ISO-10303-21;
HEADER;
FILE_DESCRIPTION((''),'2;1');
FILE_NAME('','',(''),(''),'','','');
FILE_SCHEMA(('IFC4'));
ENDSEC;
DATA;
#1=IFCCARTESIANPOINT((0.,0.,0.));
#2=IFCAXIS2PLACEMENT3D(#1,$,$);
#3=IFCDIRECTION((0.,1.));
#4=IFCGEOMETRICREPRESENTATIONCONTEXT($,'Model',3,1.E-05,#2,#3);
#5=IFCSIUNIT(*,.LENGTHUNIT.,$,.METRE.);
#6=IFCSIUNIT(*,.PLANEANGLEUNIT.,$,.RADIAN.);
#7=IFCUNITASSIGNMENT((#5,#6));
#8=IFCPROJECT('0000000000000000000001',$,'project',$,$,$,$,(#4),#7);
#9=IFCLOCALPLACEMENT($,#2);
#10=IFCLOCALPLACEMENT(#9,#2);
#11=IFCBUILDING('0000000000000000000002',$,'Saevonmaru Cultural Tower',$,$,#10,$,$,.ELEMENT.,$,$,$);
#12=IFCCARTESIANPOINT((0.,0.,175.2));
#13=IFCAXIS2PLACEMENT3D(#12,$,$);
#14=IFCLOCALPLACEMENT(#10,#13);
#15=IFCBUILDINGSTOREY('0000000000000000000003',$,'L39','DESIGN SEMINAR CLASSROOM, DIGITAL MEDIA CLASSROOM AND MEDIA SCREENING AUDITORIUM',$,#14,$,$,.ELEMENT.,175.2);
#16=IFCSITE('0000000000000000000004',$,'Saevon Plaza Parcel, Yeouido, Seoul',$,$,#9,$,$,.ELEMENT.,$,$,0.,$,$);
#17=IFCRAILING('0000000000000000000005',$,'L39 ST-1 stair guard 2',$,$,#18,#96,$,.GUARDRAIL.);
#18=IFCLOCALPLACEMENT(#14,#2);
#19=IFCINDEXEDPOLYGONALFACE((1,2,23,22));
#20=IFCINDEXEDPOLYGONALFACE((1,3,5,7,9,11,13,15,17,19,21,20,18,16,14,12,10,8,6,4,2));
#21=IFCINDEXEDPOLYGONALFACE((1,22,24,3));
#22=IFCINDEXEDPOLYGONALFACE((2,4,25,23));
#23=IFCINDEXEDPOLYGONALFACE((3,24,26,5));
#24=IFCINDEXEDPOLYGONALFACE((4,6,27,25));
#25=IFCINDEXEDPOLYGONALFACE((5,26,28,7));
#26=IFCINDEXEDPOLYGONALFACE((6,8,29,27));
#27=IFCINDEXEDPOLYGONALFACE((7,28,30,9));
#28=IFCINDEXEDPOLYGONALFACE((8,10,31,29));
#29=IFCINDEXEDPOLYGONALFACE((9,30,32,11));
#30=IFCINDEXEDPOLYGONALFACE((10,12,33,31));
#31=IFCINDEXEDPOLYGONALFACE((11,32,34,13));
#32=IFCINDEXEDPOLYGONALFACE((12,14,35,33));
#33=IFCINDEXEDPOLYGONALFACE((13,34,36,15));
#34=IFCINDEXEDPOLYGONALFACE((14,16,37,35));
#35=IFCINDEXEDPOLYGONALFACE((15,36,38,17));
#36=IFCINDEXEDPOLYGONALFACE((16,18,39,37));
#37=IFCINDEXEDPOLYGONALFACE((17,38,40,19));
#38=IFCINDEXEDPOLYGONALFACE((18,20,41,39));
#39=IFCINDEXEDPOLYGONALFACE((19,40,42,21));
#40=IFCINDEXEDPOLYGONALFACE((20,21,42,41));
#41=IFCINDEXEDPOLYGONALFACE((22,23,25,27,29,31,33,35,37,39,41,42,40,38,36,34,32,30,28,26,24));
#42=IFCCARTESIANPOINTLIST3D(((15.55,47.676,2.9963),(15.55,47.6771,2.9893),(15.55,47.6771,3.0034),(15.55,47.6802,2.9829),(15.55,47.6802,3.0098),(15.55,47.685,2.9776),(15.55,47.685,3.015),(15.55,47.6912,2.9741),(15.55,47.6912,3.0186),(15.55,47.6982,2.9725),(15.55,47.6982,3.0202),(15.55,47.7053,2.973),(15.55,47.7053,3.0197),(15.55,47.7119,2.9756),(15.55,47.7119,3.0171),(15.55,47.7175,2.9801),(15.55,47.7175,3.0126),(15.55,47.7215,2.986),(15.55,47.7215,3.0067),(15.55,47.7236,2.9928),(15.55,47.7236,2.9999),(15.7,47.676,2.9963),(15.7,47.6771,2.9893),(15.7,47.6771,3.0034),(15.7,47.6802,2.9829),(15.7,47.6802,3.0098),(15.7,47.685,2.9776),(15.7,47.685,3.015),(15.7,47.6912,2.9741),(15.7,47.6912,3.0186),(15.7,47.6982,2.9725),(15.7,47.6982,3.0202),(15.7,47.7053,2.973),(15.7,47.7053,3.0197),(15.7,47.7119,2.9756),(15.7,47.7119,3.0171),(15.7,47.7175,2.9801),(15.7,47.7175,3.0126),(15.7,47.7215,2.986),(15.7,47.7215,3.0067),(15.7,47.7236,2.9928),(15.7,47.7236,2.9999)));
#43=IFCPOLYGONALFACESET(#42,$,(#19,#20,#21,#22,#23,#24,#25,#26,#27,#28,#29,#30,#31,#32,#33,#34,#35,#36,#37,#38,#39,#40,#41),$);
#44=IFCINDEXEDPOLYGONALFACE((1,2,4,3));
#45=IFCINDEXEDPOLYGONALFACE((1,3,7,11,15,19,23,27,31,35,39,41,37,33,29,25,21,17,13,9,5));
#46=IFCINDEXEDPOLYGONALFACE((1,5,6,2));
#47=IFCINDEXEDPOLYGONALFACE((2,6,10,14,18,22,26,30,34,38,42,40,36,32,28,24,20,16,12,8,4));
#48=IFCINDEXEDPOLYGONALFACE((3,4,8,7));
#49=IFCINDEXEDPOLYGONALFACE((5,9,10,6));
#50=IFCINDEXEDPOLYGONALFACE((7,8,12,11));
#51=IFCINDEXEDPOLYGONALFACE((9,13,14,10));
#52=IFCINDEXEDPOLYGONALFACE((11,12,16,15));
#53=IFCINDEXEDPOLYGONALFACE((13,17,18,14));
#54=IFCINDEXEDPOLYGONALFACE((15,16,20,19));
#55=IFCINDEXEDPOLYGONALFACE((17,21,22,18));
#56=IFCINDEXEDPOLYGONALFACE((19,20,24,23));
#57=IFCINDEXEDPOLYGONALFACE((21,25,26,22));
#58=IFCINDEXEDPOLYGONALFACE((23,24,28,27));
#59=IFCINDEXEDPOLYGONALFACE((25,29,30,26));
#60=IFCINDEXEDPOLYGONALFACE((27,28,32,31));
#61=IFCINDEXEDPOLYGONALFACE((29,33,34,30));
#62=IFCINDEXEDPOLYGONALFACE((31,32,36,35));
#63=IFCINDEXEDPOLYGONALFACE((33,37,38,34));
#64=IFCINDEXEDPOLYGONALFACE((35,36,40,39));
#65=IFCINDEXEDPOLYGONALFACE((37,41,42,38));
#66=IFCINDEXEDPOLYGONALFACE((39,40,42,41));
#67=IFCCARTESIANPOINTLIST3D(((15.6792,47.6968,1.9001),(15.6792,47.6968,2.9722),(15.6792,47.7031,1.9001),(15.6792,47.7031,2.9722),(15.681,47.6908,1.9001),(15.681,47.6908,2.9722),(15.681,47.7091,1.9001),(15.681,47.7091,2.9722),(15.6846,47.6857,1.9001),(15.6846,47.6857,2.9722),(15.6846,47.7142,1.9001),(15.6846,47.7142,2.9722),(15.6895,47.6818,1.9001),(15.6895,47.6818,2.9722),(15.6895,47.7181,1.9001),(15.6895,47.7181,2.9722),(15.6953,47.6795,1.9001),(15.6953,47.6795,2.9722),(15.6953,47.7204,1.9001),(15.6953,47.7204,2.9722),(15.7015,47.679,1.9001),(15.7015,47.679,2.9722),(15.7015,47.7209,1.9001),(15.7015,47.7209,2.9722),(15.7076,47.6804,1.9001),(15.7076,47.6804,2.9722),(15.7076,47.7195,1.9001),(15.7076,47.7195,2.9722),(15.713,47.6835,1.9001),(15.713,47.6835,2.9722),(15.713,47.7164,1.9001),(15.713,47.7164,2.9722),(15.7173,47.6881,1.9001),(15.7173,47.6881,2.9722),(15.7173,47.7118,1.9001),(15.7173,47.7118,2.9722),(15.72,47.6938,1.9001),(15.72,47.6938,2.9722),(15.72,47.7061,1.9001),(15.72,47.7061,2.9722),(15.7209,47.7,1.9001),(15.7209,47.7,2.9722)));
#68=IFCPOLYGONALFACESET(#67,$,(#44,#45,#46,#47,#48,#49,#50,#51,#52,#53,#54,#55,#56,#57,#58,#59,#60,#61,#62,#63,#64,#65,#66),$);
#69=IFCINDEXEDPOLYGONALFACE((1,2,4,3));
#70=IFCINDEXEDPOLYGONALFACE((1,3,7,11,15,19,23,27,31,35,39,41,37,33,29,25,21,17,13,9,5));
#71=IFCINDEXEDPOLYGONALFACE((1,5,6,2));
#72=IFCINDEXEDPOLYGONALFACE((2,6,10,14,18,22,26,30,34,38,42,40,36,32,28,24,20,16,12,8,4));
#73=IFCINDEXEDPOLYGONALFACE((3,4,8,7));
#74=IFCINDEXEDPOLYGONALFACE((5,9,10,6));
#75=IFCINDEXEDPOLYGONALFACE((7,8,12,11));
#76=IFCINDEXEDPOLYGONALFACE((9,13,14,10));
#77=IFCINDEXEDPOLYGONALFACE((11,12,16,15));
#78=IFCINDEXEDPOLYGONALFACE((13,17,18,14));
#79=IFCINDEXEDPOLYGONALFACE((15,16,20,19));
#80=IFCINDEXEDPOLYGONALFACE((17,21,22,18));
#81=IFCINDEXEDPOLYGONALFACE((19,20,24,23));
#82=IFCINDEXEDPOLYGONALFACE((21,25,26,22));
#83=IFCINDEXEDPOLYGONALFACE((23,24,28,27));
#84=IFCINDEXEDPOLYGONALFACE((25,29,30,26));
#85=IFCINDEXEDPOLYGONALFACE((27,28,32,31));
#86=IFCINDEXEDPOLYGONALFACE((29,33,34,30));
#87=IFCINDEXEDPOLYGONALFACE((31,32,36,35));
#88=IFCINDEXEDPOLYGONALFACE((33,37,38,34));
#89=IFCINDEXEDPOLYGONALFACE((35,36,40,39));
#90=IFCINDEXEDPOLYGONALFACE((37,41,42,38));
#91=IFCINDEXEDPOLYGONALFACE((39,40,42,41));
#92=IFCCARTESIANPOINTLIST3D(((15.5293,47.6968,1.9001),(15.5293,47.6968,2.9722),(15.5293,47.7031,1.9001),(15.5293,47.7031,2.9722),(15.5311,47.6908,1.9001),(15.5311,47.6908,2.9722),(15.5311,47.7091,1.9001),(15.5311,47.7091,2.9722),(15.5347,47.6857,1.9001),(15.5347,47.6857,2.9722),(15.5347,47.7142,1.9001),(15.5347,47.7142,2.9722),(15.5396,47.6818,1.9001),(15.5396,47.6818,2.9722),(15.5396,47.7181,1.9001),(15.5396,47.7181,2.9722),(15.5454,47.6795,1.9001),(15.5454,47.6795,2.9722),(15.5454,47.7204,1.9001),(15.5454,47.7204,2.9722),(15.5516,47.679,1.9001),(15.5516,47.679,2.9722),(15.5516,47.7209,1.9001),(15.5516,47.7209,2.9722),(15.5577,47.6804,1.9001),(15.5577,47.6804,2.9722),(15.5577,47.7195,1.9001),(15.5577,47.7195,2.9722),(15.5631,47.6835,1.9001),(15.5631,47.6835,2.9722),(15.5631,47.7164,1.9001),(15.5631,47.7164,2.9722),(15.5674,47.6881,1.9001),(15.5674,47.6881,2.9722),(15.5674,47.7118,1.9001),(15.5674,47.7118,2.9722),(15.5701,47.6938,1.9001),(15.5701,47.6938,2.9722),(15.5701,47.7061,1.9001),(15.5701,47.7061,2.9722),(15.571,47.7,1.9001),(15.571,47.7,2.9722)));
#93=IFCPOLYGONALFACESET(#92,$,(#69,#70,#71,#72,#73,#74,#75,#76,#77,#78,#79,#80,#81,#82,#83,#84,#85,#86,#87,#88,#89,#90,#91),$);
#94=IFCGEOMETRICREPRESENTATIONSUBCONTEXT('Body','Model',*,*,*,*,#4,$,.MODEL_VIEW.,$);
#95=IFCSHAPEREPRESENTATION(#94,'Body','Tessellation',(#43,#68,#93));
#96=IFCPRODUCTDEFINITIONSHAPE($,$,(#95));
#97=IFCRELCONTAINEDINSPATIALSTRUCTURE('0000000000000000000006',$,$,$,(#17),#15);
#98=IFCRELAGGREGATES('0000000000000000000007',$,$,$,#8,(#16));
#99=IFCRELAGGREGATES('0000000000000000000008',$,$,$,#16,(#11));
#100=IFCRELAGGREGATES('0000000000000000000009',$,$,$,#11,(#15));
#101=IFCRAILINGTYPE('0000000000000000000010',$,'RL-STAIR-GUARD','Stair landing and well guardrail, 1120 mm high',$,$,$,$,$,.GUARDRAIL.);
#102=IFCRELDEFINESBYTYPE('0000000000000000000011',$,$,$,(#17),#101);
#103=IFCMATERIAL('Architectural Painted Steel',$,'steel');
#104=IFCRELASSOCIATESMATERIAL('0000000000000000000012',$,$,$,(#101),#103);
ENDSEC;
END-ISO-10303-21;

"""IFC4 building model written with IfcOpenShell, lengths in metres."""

from ifc_helpers import new_model, si_unit, direction, frame, origin, origin_2d, place, context, subcontext, project, spatial, circle, extrude, material, type_object, element, save


model = new_model("IFC4")

# Units and contexts
model_context = context("Model", 3, precision=1e-05, world=origin(), true_north=direction((0.0, 1.0)))
body_context = subcontext(model_context, "Body", "Model", "MODEL_VIEW")
ifc_project = project(units=[si_unit("LENGTHUNIT", "METRE"), si_unit("PLANEANGLEUNIT", "RADIAN")], contexts=[model_context])

# Site, building, storey
site_placement = place(None, origin())
site = spatial("IfcSite", under=ifc_project, at=site_placement, Name="Saevon Plaza Parcel, Yeouido, Seoul", CompositionType="ELEMENT", RefElevation=0.0)
building_placement = place(site_placement, origin())
building = spatial("IfcBuilding", under=site, at=building_placement, Name="Saevonmaru Cultural Tower", CompositionType="ELEMENT")
storey_placement = place(building_placement, frame((0.0, 0.0, 175.2)))
storey = spatial("IfcBuildingStorey", under=building, at=storey_placement, Name="L39", Description="DESIGN SEMINAR CLASSROOM, DIGITAL MEDIA CLASSROOM AND MEDIA SCREENING AUDITORIUM", CompositionType="ELEMENT", Elevation=175.2)

# Railing
ifc_material_1 = material(Name="Architectural Painted Steel", Category="steel")
railing_type_1 = type_object("IfcRailingType", Name="RL-STAIR-GUARD", Description="Stair landing and well guardrail, 1120 mm high", PredefinedType="GUARDRAIL", material=ifc_material_1)
railing_1_placement = place(storey_placement, frame((15.7, 47.7, 1.9001)))
element("IfcRailing", 1, at=railing_1_placement, inside=storey, type_object=railing_type_1, Name="L39 ST-1 stair guard 2", PredefinedType="GUARDRAIL", context=body_context, shape_type="SweptSolid", body=[
    extrude(circle(Radius=0.0239, at=origin_2d()), frame((0.0, 0.0, 1.0962), z_axis=(-1.0, 0.0, 0.0), x_axis=(0.0, -1.0, 0.0)), (0.0, 0.0, 1.0), 0.1499),
    extrude(circle(Radius=0.021, at=origin_2d()), origin(), (0.0, 0.0, 1.0), 1.072),
    extrude(circle(Radius=0.021, at=origin_2d()), frame((-0.1499, 0.0, 0.0)), (0.0, 0.0, 1.0), 1.072),
])

save(model, "model.ifc")
